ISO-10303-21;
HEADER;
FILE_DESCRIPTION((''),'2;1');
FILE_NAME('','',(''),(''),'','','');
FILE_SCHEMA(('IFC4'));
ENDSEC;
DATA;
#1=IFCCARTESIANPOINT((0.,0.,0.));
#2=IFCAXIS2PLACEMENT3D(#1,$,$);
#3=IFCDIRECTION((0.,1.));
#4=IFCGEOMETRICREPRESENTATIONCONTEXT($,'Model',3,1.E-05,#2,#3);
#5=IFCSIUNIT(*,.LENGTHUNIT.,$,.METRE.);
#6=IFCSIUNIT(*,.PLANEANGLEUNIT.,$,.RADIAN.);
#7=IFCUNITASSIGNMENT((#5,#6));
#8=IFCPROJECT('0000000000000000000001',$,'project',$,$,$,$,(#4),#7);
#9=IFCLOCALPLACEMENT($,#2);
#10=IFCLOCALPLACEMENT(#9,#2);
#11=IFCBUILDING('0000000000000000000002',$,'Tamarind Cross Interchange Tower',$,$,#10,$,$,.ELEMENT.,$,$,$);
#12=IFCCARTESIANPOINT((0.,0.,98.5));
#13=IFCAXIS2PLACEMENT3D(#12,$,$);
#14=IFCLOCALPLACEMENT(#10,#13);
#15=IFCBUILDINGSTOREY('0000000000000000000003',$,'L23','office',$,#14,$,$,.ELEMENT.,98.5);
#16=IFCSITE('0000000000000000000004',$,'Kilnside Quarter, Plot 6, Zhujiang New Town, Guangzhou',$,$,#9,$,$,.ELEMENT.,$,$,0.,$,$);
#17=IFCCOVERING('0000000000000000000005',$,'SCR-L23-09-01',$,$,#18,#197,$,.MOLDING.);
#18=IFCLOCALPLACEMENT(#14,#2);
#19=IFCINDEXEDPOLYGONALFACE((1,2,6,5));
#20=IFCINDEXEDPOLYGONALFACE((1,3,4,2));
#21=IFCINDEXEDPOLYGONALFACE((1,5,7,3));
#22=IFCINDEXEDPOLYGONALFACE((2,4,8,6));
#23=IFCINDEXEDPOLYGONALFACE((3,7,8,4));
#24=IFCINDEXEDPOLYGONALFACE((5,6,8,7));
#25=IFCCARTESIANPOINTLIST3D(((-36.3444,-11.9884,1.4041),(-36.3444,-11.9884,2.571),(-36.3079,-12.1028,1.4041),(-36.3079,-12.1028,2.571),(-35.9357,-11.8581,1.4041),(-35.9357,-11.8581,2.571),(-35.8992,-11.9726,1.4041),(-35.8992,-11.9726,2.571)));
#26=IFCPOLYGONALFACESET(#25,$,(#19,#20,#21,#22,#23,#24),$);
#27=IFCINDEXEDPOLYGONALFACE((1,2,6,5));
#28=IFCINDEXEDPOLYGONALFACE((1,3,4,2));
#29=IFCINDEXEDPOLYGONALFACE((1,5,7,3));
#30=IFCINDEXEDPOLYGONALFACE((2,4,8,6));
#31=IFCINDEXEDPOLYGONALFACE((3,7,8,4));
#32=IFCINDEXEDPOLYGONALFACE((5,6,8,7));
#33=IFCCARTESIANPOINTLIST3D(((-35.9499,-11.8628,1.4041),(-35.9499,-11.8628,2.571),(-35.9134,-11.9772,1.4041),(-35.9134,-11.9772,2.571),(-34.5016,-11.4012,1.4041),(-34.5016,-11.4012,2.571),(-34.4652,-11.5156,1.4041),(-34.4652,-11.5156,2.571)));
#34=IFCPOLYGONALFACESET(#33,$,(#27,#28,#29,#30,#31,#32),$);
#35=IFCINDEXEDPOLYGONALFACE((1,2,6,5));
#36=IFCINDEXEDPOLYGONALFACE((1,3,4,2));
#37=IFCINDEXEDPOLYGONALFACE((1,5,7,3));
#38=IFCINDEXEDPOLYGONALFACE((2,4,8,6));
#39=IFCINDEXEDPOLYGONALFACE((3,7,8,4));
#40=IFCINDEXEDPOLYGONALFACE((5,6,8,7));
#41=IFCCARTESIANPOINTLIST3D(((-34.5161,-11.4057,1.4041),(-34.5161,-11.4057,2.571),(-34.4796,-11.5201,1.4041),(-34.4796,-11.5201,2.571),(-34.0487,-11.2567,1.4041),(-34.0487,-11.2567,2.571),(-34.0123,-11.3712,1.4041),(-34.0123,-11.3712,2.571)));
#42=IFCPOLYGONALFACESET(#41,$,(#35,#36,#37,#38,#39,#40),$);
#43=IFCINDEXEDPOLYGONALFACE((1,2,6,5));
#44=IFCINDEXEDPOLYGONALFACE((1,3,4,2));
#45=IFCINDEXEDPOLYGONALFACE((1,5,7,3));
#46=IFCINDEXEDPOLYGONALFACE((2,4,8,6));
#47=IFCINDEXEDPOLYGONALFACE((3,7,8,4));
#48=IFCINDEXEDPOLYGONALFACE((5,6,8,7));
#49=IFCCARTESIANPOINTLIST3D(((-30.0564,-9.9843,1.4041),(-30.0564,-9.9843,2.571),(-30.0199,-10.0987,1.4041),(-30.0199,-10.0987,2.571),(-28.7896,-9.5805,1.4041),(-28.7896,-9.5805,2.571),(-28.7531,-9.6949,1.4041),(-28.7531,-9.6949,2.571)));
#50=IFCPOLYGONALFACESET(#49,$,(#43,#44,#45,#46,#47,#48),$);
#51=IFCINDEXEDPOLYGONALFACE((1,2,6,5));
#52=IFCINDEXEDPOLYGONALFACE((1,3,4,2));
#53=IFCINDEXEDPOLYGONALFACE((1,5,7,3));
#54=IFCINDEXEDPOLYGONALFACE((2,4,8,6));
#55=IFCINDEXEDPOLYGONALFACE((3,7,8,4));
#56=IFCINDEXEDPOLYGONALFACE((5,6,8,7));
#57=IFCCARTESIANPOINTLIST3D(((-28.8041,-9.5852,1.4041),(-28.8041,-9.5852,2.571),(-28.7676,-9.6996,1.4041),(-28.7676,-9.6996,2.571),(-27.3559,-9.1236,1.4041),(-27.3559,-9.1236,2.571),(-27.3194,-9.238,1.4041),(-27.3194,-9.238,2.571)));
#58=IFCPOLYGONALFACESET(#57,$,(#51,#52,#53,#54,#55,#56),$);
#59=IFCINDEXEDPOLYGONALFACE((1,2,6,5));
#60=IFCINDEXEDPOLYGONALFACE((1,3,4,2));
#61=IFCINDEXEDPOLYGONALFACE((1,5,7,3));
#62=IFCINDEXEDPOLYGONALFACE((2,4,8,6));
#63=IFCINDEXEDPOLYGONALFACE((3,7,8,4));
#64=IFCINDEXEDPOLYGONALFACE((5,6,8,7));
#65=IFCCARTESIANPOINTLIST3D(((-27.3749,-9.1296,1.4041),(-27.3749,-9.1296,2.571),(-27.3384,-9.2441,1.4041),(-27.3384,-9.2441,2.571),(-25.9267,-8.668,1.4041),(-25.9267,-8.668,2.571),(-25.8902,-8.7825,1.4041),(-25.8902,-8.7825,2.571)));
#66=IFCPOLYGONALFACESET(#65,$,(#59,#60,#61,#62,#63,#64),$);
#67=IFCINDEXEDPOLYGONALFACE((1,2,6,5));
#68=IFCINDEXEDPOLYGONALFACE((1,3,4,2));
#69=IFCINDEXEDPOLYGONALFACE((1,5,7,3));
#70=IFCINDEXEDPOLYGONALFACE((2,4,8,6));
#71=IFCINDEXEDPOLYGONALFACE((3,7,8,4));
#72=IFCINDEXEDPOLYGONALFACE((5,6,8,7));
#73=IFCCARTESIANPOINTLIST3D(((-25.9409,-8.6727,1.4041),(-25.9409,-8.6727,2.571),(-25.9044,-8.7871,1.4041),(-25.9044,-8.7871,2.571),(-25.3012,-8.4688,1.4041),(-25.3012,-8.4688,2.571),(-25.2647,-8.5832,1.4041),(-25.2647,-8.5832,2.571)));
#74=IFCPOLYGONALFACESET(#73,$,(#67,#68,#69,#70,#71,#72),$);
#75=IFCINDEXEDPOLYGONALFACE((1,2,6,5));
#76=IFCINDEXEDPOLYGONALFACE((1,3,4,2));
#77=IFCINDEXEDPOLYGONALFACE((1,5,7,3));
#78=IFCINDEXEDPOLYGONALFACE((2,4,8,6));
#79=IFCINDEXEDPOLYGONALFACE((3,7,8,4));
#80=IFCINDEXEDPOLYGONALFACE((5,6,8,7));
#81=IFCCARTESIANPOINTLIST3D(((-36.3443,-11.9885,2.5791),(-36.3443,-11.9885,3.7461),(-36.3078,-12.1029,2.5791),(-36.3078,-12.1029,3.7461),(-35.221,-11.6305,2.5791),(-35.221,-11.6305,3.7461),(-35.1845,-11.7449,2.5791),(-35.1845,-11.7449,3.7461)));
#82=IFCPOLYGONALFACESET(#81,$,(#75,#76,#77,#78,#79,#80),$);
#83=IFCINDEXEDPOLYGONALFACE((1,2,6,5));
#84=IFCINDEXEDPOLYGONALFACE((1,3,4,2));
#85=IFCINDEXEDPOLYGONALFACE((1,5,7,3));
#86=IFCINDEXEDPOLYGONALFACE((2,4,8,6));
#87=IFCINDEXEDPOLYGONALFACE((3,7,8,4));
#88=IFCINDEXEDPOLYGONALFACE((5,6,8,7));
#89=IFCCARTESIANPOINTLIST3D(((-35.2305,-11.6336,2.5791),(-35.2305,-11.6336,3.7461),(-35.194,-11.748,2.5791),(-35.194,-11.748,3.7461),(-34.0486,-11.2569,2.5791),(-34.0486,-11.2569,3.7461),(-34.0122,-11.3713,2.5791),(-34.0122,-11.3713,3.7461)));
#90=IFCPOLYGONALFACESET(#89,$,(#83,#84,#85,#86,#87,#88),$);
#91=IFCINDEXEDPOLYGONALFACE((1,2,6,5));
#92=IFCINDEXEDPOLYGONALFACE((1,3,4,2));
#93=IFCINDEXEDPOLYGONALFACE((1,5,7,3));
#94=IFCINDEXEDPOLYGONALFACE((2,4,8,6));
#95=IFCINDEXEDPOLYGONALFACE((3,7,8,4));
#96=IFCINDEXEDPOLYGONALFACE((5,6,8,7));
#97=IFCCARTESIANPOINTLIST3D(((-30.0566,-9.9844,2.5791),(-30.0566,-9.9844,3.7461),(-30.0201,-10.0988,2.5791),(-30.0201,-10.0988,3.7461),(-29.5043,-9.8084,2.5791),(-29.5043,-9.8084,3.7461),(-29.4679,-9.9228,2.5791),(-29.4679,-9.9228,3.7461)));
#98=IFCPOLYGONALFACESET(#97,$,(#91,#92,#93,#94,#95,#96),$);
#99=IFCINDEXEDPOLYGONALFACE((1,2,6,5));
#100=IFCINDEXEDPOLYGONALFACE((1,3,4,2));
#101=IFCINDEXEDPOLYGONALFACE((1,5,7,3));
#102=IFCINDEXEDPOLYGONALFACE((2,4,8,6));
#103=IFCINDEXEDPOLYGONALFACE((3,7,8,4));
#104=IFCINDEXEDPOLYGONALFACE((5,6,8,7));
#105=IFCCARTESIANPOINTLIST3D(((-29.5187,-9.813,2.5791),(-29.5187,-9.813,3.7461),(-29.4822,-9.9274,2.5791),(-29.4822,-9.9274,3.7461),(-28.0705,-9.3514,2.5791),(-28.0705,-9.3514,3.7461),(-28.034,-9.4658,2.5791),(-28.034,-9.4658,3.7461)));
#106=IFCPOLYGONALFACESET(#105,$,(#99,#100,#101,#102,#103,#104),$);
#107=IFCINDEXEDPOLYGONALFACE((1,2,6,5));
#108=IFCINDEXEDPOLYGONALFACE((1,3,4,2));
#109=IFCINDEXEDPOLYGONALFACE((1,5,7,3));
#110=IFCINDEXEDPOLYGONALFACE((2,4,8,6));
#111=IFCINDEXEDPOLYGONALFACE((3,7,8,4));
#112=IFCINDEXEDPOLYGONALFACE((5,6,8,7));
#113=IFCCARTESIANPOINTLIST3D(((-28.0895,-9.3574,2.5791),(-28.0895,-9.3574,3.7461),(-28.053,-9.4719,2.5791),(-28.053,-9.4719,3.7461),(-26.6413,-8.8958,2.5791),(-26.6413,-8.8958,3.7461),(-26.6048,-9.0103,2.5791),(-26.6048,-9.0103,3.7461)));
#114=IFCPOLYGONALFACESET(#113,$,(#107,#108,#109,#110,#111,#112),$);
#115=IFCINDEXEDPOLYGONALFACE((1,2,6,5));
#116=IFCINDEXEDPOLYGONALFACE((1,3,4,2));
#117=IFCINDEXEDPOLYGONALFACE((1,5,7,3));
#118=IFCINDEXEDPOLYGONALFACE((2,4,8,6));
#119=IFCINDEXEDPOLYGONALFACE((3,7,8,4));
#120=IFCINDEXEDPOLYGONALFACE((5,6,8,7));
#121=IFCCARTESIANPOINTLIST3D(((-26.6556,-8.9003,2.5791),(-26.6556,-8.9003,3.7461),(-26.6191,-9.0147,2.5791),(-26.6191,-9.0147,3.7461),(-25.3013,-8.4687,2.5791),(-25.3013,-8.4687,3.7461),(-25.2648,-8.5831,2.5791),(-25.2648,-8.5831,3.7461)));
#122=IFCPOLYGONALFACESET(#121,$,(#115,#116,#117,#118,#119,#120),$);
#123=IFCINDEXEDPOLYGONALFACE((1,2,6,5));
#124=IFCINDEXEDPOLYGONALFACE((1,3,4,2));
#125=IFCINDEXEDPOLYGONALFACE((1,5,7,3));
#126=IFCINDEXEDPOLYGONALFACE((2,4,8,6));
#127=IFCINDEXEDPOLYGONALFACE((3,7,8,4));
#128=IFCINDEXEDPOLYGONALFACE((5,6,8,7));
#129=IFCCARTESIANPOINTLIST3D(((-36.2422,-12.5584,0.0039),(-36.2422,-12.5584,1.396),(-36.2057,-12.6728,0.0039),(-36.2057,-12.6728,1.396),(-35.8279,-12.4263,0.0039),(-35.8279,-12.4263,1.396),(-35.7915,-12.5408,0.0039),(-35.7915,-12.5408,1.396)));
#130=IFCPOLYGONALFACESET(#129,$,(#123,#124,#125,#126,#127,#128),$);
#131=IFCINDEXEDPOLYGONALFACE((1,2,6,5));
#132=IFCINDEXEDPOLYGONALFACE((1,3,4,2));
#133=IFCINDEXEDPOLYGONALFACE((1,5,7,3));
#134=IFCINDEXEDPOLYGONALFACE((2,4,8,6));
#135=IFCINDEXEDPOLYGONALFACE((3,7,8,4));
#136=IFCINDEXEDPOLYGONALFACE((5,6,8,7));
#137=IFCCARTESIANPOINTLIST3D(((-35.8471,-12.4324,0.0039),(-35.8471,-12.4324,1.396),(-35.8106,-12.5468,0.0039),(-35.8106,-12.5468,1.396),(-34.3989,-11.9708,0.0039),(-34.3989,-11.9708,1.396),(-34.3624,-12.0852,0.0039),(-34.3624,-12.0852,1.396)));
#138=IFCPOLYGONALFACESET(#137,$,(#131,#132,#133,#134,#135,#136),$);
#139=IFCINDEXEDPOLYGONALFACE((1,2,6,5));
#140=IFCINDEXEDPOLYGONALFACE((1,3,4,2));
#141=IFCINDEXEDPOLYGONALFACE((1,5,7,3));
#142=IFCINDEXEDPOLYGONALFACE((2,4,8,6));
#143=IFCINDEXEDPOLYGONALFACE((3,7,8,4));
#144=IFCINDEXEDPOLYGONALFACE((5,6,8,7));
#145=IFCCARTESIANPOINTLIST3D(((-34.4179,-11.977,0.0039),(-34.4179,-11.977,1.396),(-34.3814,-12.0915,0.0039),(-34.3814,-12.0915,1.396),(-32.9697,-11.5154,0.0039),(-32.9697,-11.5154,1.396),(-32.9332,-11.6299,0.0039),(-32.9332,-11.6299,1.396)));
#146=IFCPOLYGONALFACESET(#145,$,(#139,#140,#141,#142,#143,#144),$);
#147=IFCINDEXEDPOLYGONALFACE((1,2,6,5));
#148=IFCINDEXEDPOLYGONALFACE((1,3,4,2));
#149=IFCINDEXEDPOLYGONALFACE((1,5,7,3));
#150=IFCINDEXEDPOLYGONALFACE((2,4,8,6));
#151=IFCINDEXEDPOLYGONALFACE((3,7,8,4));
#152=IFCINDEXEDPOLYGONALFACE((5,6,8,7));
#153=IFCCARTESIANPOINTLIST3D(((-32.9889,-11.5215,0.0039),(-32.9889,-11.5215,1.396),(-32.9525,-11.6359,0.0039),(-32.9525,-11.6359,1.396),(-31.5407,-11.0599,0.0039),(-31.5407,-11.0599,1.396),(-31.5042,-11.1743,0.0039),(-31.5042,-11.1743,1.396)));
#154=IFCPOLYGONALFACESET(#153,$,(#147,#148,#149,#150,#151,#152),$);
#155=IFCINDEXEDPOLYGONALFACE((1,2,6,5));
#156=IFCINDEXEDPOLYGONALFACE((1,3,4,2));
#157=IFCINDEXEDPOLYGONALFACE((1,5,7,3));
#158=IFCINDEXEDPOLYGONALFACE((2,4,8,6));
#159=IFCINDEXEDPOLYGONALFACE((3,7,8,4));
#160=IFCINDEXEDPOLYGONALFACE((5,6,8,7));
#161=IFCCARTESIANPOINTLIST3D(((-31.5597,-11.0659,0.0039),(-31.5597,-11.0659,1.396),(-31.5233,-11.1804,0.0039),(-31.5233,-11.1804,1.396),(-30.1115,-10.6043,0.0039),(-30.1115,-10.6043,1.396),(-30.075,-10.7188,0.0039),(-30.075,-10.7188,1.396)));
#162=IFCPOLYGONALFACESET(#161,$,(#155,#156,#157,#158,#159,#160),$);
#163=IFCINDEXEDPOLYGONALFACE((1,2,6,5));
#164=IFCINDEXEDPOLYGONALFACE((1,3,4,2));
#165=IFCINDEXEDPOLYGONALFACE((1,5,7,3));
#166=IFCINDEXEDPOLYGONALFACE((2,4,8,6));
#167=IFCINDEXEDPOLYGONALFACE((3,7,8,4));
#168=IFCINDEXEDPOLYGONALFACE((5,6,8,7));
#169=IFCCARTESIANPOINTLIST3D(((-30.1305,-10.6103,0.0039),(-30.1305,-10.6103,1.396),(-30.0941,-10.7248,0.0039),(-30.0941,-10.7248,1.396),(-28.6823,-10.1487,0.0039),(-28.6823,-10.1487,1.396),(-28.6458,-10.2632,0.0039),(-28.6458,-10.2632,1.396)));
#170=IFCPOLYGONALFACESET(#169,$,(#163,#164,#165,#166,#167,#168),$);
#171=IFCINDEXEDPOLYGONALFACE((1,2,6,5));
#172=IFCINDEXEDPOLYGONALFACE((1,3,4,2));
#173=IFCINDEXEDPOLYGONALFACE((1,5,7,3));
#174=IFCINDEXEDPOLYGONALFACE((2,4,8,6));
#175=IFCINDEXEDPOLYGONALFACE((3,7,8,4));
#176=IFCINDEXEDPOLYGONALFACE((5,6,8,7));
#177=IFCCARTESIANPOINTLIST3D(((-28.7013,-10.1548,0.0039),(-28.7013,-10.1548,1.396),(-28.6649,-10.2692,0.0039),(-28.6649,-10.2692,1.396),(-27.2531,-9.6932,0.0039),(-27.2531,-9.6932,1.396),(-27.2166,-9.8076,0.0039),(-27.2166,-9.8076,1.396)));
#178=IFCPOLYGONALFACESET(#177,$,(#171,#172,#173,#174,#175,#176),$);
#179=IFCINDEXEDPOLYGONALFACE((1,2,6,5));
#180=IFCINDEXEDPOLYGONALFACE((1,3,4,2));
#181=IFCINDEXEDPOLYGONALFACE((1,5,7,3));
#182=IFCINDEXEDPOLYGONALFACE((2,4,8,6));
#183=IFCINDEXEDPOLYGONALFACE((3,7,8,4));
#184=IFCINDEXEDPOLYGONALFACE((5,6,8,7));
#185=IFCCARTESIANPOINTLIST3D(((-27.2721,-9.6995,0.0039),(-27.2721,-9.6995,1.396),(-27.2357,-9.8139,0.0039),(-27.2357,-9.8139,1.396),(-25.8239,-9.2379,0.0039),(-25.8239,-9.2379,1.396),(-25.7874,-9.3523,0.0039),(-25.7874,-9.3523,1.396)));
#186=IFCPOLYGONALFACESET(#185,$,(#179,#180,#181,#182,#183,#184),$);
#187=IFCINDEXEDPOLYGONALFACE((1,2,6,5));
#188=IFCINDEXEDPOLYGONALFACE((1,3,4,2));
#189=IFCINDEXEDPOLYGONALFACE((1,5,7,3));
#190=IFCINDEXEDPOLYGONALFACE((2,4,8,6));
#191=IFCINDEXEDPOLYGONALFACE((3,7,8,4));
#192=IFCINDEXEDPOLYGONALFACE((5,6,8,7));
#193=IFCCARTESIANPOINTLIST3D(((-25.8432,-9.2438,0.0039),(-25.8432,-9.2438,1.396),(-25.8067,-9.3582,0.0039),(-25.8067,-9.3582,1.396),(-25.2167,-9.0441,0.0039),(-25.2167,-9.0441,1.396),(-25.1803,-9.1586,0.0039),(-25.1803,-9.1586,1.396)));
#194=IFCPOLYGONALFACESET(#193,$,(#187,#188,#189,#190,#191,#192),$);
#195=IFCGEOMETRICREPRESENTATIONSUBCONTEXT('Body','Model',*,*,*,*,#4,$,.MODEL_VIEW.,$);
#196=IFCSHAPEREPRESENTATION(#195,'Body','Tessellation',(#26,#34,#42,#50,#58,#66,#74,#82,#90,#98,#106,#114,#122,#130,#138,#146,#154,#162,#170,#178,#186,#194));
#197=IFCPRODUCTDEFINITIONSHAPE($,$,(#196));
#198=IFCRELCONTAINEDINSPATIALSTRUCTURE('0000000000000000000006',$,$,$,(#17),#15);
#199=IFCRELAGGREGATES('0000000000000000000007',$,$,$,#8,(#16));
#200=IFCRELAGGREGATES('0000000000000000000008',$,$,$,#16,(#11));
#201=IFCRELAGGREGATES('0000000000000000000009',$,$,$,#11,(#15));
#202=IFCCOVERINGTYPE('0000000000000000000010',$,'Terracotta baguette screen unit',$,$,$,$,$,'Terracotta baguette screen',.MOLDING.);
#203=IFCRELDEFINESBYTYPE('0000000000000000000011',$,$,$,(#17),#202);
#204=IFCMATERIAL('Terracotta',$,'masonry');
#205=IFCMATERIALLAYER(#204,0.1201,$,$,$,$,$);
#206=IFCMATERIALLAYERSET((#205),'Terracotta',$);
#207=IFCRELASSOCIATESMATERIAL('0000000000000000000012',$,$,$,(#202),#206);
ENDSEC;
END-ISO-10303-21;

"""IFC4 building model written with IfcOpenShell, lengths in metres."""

from ifc_helpers import new_model, si_unit, direction, frame, origin, origin_2d, place, context, subcontext, project, spatial, rectangle, extrude, material, layer, layer_set, type_object, element, save


model = new_model("IFC4")

# Units and contexts
model_context = context("Model", 3, precision=1e-05, world=origin(), true_north=direction((0.0, 1.0)))
body_context = subcontext(model_context, "Body", "Model", "MODEL_VIEW")
ifc_project = project(units=[si_unit("LENGTHUNIT", "METRE"), si_unit("PLANEANGLEUNIT", "RADIAN")], contexts=[model_context])

# Site, building, storey
site_placement = place(None, origin())
site = spatial("IfcSite", under=ifc_project, at=site_placement, Name="Kilnside Quarter, Plot 6, Zhujiang New Town, Guangzhou", CompositionType="ELEMENT", RefElevation=0.0)
building_placement = place(site_placement, origin())
building = spatial("IfcBuilding", under=site, at=building_placement, Name="Tamarind Cross Interchange Tower", CompositionType="ELEMENT")
storey_placement = place(building_placement, frame((0.0, 0.0, 98.5)))
storey = spatial("IfcBuildingStorey", under=building, at=storey_placement, Name="L23", Description="office", CompositionType="ELEMENT", Elevation=98.5)

# Covering
ifc_material_1 = material(Name="Terracotta", Category="masonry")
ifc_layer_1 = layer(ifc_material_1, 0.1201)
ifc_layer_set_1 = layer_set([ifc_layer_1], Name="Terracotta")
covering_type = type_object("IfcCoveringType", Name="Terracotta baguette screen unit", ElementType="Terracotta baguette screen", PredefinedType="MOLDING", material=ifc_layer_set_1)
covering_1_placement = place(storey_placement, origin())
element("IfcCovering", 1, at=covering_1_placement, inside=storey, type_object=covering_type, Name="SCR-L23-09-01", PredefinedType="MOLDING", context=body_context, shape_type="SweptSolid", body=[
    extrude(rectangle(XDim=0.429, YDim=0.1201, at=origin_2d()), frame((-36.1218, -11.9805, 1.4041), z_axis=(0.0, 0.0, 1.0), x_axis=(0.952773, 0.303683, 0.0)), (0.0, 0.0, 1.0), 1.167),
    extrude(rectangle(XDim=1.52, YDim=0.1201, at=origin_2d()), frame((-35.2075, -11.6892, 1.4041), z_axis=(0.0, 0.0, 1.0), x_axis=(0.952773, 0.303683, 0.0)), (0.0, 0.0, 1.0), 1.167),
    extrude(rectangle(XDim=0.4905, YDim=0.1201, at=origin_2d()), frame((-34.2642, -11.3884, 1.4041), z_axis=(0.0, 0.0, 1.0), x_axis=(0.952773, 0.303683, 0.0)), (0.0, 0.0, 1.0), 1.167),
    extrude(rectangle(XDim=1.3296, YDim=0.1201, at=origin_2d()), frame((-29.4048, -9.8396, 1.4041), z_axis=(0.0, 0.0, 1.0), x_axis=(0.952773, 0.303683, 0.0)), (0.0, 0.0, 1.0), 1.167),
    extrude(rectangle(XDim=1.52, YDim=0.1201, at=origin_2d()), frame((-28.0618, -9.4116, 1.4041), z_axis=(0.0, 0.0, 1.0), x_axis=(0.952773, 0.303683, 0.0)), (0.0, 0.0, 1.0), 1.167),
    extrude(rectangle(XDim=1.52, YDim=0.1201, at=origin_2d()), frame((-26.6326, -8.9561, 1.4041), z_axis=(0.0, 0.0, 1.0), x_axis=(0.952773, 0.303683, 0.0)), (0.0, 0.0, 1.0), 1.167),
    extrude(rectangle(XDim=0.6714, YDim=0.1201, at=origin_2d()), frame((-25.6028, -8.6279, 1.4041), z_axis=(0.0, 0.0, 1.0), x_axis=(0.952773, 0.303683, 0.0)), (0.0, 0.0, 1.0), 1.167),
    extrude(rectangle(XDim=1.179, YDim=0.1201, at=origin_2d()), frame((-35.7644, -11.8667, 2.5791), z_axis=(0.0, 0.0, 1.0), x_axis=(0.952773, 0.303683, 0.0)), (0.0, 0.0, 1.0), 1.167),
    extrude(rectangle(XDim=1.2405, YDim=0.1201, at=origin_2d()), frame((-34.6213, -11.5024, 2.5791), z_axis=(0.0, 0.0, 1.0), x_axis=(0.952773, 0.303683, 0.0)), (0.0, 0.0, 1.0), 1.167),
    extrude(rectangle(XDim=0.5796, YDim=0.1201, at=origin_2d()), frame((-29.7622, -9.9536, 2.5791), z_axis=(0.0, 0.0, 1.0), x_axis=(0.952773, 0.303683, 0.0)), (0.0, 0.0, 1.0), 1.167),
    extrude(rectangle(XDim=1.52, YDim=0.1201, at=origin_2d()), frame((-28.7764, -9.6394, 2.5791), z_axis=(0.0, 0.0, 1.0), x_axis=(0.952773, 0.303683, 0.0)), (0.0, 0.0, 1.0), 1.167),
    extrude(rectangle(XDim=1.52, YDim=0.1201, at=origin_2d()), frame((-27.3472, -9.1838, 2.5791), z_axis=(0.0, 0.0, 1.0), x_axis=(0.952773, 0.303683, 0.0)), (0.0, 0.0, 1.0), 1.167),
    extrude(rectangle(XDim=1.4214, YDim=0.1201, at=origin_2d()), frame((-25.9602, -8.7417, 2.5791), z_axis=(0.0, 0.0, 1.0), x_axis=(0.952773, 0.303683, 0.0)), (0.0, 0.0, 1.0), 1.167),
    extrude(rectangle(XDim=0.4348, YDim=0.1201, at=origin_2d()), frame((-36.0168, -12.5496, 0.0039), z_axis=(0.0, 0.0, 1.0), x_axis=(0.952773, 0.303683, 0.0)), (0.0, 0.0, 1.0), 1.3921),
    extrude(rectangle(XDim=1.52, YDim=0.1201, at=origin_2d()), frame((-35.1047, -12.2588, 0.0039), z_axis=(0.0, 0.0, 1.0), x_axis=(0.952773, 0.303683, 0.0)), (0.0, 0.0, 1.0), 1.3921),
    extrude(rectangle(XDim=1.52, YDim=0.1201, at=origin_2d()), frame((-33.6755, -11.8035, 0.0039), z_axis=(0.0, 0.0, 1.0), x_axis=(0.952773, 0.303683, 0.0)), (0.0, 0.0, 1.0), 1.3921),
    extrude(rectangle(XDim=1.52, YDim=0.1201, at=origin_2d()), frame((-32.2466, -11.3479, 0.0039), z_axis=(0.0, 0.0, 1.0), x_axis=(0.952773, 0.303683, 0.0)), (0.0, 0.0, 1.0), 1.3921),
    extrude(rectangle(XDim=1.52, YDim=0.1201, at=origin_2d()), frame((-30.8174, -10.8923, 0.0039), z_axis=(0.0, 0.0, 1.0), x_axis=(0.952773, 0.303683, 0.0)), (0.0, 0.0, 1.0), 1.3921),
    extrude(rectangle(XDim=1.52, YDim=0.1201, at=origin_2d()), frame((-29.3882, -10.4368, 0.0039), z_axis=(0.0, 0.0, 1.0), x_axis=(0.952773, 0.303683, 0.0)), (0.0, 0.0, 1.0), 1.3921),
    extrude(rectangle(XDim=1.52, YDim=0.1201, at=origin_2d()), frame((-27.959, -9.9812, 0.0039), z_axis=(0.0, 0.0, 1.0), x_axis=(0.952773, 0.303683, 0.0)), (0.0, 0.0, 1.0), 1.3921),
    extrude(rectangle(XDim=1.52, YDim=0.1201, at=origin_2d()), frame((-26.5298, -9.5259, 0.0039), z_axis=(0.0, 0.0, 1.0), x_axis=(0.952773, 0.303683, 0.0)), (0.0, 0.0, 1.0), 1.3921),
    extrude(rectangle(XDim=0.6575, YDim=0.1201, at=origin_2d()), frame((-25.5117, -9.2012, 0.0039), z_axis=(0.0, 0.0, 1.0), x_axis=(0.952773, 0.303683, 0.0)), (0.0, 0.0, 1.0), 1.3921),
])

save(model, "model.ifc")
